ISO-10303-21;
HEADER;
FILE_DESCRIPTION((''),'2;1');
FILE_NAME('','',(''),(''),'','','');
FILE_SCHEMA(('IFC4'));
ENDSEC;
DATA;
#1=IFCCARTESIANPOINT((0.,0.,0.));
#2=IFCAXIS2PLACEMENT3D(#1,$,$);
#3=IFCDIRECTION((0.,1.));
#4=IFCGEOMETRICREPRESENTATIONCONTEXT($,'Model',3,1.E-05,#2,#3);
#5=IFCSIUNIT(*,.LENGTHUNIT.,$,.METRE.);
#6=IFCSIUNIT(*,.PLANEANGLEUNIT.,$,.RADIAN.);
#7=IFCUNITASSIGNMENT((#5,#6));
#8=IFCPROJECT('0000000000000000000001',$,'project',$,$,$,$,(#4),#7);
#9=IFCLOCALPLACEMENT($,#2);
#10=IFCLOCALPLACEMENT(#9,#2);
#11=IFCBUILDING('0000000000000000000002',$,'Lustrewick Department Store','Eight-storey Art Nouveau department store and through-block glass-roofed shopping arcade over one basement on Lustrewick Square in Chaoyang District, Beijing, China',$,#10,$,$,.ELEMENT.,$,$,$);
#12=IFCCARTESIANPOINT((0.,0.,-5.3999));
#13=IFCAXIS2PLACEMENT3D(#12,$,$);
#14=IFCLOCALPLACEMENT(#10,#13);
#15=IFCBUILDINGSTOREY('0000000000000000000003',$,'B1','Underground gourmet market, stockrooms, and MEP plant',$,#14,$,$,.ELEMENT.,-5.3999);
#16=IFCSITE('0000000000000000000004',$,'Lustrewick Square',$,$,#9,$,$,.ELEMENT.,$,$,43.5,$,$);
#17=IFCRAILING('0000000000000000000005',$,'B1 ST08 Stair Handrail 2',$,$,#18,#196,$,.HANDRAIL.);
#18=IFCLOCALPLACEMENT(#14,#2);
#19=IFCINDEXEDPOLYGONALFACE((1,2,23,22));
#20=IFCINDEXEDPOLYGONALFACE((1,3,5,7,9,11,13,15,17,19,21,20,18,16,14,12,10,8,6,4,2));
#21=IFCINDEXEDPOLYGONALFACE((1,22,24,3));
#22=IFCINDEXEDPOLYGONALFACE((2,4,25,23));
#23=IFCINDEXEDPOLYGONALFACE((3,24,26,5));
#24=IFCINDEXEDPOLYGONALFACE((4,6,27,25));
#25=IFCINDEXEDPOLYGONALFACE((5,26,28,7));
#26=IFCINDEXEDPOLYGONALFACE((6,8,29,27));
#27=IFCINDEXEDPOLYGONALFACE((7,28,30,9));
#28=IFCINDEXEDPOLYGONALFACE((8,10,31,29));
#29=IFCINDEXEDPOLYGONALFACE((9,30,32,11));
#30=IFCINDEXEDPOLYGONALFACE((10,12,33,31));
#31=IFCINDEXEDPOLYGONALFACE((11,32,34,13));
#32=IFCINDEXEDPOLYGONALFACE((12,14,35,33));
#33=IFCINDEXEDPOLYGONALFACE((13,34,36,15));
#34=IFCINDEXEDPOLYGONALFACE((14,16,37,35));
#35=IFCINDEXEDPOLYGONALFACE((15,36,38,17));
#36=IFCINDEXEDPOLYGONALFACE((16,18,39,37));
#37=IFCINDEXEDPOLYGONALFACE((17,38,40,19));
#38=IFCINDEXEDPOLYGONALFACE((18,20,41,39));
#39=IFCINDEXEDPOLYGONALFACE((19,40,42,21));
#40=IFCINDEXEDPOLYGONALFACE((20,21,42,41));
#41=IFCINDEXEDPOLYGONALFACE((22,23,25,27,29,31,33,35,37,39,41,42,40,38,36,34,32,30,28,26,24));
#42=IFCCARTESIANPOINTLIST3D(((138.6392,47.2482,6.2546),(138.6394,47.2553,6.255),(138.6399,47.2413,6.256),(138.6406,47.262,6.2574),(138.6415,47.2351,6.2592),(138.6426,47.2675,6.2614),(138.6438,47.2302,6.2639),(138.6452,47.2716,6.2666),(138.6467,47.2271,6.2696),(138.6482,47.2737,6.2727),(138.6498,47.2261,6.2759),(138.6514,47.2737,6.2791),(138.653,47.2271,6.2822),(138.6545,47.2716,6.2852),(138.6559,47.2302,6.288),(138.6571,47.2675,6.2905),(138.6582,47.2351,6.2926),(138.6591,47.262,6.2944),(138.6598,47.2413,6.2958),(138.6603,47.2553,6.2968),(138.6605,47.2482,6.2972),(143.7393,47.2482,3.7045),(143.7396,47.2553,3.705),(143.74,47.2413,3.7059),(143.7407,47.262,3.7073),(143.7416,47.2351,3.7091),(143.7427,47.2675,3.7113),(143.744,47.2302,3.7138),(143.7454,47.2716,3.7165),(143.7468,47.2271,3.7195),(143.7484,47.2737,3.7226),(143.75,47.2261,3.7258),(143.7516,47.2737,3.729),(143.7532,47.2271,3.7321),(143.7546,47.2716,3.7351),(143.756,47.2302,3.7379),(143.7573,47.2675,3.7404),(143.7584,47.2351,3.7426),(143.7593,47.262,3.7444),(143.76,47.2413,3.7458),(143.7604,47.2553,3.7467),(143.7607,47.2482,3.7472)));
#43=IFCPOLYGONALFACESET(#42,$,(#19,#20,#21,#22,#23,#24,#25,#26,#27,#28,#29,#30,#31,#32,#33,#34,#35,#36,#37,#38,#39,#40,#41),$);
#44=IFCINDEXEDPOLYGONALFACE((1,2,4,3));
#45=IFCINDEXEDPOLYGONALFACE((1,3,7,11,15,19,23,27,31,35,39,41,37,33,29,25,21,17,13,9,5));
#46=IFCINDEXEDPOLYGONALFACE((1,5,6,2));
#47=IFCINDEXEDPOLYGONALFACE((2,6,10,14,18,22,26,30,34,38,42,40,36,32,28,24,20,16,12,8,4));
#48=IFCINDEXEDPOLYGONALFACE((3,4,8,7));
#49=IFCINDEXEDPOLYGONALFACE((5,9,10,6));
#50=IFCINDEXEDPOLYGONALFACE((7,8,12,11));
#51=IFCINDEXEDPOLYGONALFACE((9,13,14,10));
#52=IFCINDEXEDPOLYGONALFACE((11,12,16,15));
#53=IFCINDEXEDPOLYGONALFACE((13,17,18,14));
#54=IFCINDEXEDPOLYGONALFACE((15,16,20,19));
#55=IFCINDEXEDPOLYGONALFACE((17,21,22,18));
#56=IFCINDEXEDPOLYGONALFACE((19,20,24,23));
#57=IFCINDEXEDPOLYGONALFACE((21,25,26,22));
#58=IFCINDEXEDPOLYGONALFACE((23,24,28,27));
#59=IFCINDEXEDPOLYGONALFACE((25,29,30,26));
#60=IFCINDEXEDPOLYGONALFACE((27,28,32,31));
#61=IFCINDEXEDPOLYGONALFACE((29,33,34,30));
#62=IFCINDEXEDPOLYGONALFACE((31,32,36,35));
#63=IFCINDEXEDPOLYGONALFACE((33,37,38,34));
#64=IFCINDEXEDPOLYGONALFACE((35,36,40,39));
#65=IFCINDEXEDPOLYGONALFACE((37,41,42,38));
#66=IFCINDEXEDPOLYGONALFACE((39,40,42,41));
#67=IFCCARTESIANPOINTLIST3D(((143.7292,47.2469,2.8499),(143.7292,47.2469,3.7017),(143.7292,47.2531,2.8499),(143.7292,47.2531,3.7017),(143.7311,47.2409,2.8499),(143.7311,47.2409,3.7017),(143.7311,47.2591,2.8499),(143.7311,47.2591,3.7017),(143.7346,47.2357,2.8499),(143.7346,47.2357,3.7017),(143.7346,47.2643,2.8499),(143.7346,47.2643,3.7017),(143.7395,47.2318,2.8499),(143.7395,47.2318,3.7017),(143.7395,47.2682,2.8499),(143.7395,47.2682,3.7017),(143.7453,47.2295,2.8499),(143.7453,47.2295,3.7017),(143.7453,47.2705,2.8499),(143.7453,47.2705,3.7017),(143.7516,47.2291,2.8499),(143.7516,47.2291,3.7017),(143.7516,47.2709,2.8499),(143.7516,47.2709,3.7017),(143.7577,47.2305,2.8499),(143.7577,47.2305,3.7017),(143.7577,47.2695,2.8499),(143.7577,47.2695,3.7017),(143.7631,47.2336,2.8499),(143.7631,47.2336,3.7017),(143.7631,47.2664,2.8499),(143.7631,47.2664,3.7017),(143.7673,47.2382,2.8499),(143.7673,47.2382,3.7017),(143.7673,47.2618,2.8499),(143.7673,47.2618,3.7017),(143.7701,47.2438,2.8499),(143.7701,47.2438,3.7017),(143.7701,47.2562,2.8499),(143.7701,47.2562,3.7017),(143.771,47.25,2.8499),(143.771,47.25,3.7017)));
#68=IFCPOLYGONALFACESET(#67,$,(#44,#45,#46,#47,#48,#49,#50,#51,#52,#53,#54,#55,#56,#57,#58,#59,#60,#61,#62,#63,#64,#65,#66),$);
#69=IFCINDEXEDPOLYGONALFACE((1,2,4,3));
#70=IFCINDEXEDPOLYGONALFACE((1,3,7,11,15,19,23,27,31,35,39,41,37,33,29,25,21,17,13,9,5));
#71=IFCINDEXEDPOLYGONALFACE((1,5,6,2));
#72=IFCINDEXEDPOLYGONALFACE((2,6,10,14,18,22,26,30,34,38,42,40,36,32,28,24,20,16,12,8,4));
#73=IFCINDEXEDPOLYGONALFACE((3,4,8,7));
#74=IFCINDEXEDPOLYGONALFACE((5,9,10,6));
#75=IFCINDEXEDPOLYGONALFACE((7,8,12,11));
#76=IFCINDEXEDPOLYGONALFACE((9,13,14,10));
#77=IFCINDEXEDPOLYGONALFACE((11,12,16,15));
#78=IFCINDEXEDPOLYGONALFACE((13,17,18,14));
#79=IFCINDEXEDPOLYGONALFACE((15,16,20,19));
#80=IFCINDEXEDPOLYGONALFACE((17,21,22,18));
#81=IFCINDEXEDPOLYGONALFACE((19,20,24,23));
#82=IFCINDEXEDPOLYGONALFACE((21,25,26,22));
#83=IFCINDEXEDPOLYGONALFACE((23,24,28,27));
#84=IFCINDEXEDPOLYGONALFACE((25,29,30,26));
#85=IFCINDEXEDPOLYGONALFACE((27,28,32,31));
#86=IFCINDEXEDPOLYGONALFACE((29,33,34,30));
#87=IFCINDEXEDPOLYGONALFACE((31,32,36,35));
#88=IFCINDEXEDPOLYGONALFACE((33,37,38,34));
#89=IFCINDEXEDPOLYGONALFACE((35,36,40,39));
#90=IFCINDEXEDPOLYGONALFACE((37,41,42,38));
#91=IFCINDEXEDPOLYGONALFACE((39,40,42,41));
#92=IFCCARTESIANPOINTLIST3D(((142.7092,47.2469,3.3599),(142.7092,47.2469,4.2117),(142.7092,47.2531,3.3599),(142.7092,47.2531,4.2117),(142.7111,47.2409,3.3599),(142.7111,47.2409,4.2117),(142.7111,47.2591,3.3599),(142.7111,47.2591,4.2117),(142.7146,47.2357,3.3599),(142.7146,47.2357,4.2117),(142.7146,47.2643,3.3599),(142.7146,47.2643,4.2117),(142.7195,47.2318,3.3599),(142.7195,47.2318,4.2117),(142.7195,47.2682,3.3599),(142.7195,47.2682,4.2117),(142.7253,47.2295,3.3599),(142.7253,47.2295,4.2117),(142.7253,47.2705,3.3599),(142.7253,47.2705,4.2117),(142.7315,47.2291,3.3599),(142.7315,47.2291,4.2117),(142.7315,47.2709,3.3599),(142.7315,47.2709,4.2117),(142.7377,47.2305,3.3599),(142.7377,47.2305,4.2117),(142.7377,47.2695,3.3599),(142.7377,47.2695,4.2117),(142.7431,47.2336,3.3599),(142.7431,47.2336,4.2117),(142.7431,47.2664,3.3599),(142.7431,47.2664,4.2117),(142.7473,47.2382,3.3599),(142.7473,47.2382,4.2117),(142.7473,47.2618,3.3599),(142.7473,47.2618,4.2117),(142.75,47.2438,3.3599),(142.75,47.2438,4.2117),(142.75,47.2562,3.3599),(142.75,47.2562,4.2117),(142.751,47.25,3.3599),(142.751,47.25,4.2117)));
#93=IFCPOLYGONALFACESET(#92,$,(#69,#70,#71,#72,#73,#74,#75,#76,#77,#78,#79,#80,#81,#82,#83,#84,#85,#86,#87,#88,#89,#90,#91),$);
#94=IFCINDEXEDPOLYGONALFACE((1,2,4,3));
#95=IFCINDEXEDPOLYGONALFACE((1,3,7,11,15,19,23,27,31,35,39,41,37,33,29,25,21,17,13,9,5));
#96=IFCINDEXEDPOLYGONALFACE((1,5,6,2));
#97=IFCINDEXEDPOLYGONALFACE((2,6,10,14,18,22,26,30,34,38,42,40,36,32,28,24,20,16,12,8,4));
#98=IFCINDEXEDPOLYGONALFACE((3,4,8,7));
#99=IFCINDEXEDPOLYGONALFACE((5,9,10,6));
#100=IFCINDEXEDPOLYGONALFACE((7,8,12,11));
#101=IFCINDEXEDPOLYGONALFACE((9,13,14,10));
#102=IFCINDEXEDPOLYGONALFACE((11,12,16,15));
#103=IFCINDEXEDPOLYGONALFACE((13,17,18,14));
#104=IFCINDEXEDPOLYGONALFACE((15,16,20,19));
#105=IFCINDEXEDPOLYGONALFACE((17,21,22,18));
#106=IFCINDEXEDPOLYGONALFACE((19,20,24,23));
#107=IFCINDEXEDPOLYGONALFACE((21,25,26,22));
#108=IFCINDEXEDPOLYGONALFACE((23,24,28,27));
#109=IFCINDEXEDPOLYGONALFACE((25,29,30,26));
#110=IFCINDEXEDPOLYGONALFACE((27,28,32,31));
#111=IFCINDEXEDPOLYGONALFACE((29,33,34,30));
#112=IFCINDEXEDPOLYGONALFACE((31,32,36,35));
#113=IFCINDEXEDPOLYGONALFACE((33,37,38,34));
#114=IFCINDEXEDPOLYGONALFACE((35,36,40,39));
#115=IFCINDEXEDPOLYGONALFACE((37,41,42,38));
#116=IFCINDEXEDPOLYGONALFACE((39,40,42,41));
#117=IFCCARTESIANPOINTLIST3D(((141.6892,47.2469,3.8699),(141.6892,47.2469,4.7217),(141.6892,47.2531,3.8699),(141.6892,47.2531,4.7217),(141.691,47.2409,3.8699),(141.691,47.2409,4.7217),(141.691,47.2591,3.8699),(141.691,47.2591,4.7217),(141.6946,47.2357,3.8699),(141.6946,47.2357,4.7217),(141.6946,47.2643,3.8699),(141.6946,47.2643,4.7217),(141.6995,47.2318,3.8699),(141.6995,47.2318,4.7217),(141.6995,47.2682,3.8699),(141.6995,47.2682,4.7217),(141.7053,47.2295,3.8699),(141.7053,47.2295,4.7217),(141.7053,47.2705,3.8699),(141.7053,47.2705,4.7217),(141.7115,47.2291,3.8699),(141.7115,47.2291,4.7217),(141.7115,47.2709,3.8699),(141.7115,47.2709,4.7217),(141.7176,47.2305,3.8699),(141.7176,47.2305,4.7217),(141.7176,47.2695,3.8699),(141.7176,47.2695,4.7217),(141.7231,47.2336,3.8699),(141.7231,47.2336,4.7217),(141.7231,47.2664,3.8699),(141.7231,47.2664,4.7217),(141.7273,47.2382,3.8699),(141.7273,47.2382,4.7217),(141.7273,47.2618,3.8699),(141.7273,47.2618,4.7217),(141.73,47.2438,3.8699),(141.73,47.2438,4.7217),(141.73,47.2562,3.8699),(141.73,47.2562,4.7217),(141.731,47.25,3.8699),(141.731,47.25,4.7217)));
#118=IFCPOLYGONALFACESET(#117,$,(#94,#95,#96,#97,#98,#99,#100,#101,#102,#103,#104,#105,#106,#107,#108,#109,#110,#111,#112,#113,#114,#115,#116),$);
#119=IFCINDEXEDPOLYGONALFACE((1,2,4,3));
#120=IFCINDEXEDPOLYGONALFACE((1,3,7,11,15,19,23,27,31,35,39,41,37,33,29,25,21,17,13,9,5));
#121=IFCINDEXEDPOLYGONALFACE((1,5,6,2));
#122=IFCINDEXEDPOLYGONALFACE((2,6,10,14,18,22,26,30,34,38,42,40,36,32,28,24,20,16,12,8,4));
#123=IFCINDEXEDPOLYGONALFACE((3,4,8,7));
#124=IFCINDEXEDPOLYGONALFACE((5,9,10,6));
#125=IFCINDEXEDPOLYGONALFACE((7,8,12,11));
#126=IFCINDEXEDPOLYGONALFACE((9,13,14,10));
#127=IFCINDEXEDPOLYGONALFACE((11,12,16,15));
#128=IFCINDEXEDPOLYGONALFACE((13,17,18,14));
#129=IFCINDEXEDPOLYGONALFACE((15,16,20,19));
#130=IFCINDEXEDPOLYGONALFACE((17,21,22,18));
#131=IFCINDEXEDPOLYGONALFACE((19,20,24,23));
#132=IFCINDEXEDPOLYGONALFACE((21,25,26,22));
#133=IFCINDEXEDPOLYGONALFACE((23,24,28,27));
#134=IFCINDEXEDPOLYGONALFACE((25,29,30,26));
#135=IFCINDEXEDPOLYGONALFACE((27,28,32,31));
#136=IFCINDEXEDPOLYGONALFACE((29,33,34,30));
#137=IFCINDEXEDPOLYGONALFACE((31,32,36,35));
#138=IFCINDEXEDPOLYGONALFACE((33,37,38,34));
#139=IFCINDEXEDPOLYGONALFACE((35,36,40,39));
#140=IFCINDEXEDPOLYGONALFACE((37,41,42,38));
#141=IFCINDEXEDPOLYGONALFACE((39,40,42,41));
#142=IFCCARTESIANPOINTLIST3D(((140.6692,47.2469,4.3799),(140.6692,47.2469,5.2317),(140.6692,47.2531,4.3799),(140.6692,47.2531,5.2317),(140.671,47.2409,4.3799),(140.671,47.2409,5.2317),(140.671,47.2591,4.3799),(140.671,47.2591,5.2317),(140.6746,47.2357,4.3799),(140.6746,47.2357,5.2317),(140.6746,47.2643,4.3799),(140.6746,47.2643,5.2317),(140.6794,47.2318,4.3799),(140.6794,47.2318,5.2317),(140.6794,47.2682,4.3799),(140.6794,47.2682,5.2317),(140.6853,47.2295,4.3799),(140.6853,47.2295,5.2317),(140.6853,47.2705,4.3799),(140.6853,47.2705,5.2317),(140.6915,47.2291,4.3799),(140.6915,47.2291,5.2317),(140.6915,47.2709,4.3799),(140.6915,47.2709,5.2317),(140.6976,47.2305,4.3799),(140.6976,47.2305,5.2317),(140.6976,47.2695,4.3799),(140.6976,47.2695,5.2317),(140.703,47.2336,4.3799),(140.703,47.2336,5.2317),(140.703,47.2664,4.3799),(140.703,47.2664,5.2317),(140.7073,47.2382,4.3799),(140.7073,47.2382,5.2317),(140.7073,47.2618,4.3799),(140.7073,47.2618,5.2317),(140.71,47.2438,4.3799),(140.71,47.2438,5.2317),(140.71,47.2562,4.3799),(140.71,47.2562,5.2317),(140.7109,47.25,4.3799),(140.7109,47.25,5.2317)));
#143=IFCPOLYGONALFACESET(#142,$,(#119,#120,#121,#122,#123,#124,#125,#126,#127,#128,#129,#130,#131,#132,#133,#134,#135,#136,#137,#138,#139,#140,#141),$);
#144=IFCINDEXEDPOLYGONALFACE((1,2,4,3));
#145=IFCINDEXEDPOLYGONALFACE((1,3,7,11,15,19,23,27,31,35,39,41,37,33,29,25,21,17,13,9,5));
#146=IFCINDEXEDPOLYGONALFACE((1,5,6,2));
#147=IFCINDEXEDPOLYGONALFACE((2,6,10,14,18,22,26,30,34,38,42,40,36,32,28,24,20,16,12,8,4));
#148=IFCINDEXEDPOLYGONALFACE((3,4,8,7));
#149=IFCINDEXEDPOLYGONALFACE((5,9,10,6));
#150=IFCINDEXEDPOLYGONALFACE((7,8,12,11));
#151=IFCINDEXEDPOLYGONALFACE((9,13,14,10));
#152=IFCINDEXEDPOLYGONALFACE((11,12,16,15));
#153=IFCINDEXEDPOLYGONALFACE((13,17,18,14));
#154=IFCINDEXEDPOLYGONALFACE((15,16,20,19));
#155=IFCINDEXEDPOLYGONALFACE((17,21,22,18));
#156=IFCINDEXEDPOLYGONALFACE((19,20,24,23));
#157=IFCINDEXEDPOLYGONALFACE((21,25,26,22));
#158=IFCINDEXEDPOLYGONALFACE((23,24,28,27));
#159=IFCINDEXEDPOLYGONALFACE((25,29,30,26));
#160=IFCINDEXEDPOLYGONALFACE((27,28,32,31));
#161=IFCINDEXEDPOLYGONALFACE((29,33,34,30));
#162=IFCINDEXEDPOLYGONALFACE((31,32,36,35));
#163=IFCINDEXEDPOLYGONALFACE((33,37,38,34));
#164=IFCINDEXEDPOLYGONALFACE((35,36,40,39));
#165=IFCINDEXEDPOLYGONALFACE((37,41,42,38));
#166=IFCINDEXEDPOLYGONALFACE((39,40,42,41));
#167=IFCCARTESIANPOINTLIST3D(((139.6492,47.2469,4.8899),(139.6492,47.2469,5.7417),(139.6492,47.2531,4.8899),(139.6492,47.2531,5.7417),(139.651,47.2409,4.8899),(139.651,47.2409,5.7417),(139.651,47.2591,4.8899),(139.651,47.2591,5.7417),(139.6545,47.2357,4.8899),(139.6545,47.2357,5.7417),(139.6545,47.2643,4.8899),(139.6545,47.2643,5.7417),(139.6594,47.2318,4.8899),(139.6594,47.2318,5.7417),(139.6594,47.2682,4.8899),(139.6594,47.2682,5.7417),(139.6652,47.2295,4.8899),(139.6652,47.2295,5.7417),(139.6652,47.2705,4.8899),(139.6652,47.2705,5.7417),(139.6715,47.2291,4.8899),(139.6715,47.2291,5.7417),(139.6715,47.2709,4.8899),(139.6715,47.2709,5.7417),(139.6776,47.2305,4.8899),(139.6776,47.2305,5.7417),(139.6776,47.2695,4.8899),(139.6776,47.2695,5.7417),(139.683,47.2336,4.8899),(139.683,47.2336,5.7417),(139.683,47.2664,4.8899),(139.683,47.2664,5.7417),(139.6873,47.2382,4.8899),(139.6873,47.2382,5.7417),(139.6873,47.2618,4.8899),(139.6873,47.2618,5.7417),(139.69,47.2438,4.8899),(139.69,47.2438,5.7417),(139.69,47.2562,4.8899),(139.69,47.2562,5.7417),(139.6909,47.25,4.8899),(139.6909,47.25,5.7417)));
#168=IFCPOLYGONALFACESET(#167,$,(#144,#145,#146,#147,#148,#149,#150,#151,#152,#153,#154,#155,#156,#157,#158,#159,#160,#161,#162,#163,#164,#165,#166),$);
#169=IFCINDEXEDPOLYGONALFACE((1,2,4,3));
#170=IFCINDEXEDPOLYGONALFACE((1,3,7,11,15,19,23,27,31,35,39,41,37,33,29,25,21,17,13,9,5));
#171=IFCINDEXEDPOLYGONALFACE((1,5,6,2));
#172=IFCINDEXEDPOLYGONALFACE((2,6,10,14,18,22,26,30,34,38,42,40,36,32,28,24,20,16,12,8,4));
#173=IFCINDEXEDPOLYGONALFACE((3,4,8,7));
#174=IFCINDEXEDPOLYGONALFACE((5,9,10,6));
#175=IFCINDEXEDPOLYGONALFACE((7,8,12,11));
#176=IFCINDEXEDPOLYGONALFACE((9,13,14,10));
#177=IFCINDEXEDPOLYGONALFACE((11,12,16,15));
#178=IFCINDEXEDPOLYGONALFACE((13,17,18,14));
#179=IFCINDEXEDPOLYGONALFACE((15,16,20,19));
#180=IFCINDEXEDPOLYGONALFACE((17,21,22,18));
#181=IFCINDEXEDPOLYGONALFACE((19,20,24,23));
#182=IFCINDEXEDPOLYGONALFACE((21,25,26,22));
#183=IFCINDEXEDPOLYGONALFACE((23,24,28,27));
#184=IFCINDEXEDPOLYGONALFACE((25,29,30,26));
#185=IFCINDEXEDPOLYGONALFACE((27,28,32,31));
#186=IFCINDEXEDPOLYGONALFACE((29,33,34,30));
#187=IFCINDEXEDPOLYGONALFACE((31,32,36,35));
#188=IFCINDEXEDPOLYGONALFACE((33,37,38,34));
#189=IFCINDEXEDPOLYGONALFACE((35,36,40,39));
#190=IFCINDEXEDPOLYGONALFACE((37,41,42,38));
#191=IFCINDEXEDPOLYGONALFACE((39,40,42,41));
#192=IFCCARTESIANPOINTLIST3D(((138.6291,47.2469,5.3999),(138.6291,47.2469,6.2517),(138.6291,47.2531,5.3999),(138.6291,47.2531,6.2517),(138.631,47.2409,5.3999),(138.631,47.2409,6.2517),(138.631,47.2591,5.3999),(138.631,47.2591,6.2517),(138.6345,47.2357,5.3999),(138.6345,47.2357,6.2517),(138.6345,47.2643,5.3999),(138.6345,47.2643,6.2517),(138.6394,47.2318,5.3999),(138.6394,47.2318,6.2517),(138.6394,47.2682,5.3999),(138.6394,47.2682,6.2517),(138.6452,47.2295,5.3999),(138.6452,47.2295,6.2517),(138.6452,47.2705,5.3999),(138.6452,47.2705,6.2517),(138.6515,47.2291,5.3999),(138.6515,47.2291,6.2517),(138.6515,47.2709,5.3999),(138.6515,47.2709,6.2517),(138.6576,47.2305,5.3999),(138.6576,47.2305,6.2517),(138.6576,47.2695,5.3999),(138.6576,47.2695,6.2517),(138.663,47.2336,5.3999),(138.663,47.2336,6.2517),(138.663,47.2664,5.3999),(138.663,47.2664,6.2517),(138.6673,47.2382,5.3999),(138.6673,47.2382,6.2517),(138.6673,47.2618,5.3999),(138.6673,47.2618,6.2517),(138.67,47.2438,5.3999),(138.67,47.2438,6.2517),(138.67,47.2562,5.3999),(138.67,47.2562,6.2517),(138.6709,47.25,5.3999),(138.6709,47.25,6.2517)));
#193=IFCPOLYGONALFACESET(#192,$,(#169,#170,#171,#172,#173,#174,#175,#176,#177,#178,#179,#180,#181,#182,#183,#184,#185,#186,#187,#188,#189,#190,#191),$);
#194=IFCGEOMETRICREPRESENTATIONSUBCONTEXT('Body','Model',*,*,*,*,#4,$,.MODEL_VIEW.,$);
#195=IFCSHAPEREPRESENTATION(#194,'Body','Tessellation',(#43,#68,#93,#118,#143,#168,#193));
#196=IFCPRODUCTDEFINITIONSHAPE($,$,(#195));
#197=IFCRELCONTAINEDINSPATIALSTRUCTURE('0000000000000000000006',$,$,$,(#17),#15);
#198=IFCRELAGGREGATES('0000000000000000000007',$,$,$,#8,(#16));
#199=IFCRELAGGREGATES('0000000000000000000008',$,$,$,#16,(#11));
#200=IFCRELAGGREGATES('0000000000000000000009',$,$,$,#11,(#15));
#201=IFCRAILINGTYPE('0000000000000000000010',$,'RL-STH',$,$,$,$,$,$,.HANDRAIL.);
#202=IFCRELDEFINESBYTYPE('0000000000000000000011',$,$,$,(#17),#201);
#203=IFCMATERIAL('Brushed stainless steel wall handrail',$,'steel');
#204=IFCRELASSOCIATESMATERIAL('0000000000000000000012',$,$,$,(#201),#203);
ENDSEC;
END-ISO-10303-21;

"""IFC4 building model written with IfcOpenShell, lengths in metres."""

from ifc_helpers import new_model, si_unit, direction, frame, origin, origin_2d, place, context, subcontext, project, spatial, circle, extrude, material, type_object, element, save


model = new_model("IFC4")

# Units and contexts
model_context = context("Model", 3, precision=1e-05, world=origin(), true_north=direction((0.0, 1.0)))
body_context = subcontext(model_context, "Body", "Model", "MODEL_VIEW")
ifc_project = project(units=[si_unit("LENGTHUNIT", "METRE"), si_unit("PLANEANGLEUNIT", "RADIAN")], contexts=[model_context])

# Site, building, storey
site_placement = place(None, origin())
site = spatial("IfcSite", under=ifc_project, at=site_placement, Name="Lustrewick Square", CompositionType="ELEMENT", RefElevation=43.5)
building_placement = place(site_placement, origin())
building = spatial("IfcBuilding", under=site, at=building_placement, Name="Lustrewick Department Store", Description="Eight-storey Art Nouveau department store and through-block glass-roofed shopping arcade over one basement on Lustrewick Square in Chaoyang District, Beijing, China", CompositionType="ELEMENT")
storey_placement = place(building_placement, frame((0.0, 0.0, -5.3999)))
storey = spatial("IfcBuildingStorey", under=building, at=storey_placement, Name="B1", Description="Underground gourmet market, stockrooms, and MEP plant", CompositionType="ELEMENT", Elevation=-5.3999)

# Railing
ifc_material_1 = material(Name="Brushed stainless steel wall handrail", Category="steel")
railing_type_1 = type_object("IfcRailingType", Name="RL-STH", PredefinedType="HANDRAIL", material=ifc_material_1)
railing_1_placement = place(storey_placement, frame((143.75, 47.25, 2.8499)))
element("IfcRailing", 1, at=railing_1_placement, inside=storey, type_object=railing_type_1, Name="B1 ST08 Stair Handrail 2", PredefinedType="HANDRAIL", context=body_context, shape_type="SweptSolid", body=[
    extrude(circle(Radius=0.0239, at=origin_2d()), frame((0.0, 0.0, 0.876), z_axis=(-0.894427, 0.0, 0.447214), x_axis=(0.0, -1.0, 0.0)), (0.0, 0.0, 1.0), 5.7021),
    extrude(circle(Radius=0.021, at=origin_2d()), origin(), (0.0, 0.0, 1.0), 0.8518),
    extrude(circle(Radius=0.021, at=origin_2d()), frame((-1.02, 0.0, 0.51)), (0.0, 0.0, 1.0), 0.8518),
    extrude(circle(Radius=0.021, at=origin_2d()), frame((-2.04, 0.0, 1.02)), (0.0, 0.0, 1.0), 0.8518),
    extrude(circle(Radius=0.021, at=origin_2d()), frame((-3.0601, 0.0, 1.53)), (0.0, 0.0, 1.0), 0.8518),
    extrude(circle(Radius=0.021, at=origin_2d()), frame((-4.0801, 0.0, 2.04)), (0.0, 0.0, 1.0), 0.8518),
    extrude(circle(Radius=0.021, at=origin_2d()), frame((-5.1001, 0.0, 2.55)), (0.0, 0.0, 1.0), 0.8518),
])

save(model, "model.ifc")
